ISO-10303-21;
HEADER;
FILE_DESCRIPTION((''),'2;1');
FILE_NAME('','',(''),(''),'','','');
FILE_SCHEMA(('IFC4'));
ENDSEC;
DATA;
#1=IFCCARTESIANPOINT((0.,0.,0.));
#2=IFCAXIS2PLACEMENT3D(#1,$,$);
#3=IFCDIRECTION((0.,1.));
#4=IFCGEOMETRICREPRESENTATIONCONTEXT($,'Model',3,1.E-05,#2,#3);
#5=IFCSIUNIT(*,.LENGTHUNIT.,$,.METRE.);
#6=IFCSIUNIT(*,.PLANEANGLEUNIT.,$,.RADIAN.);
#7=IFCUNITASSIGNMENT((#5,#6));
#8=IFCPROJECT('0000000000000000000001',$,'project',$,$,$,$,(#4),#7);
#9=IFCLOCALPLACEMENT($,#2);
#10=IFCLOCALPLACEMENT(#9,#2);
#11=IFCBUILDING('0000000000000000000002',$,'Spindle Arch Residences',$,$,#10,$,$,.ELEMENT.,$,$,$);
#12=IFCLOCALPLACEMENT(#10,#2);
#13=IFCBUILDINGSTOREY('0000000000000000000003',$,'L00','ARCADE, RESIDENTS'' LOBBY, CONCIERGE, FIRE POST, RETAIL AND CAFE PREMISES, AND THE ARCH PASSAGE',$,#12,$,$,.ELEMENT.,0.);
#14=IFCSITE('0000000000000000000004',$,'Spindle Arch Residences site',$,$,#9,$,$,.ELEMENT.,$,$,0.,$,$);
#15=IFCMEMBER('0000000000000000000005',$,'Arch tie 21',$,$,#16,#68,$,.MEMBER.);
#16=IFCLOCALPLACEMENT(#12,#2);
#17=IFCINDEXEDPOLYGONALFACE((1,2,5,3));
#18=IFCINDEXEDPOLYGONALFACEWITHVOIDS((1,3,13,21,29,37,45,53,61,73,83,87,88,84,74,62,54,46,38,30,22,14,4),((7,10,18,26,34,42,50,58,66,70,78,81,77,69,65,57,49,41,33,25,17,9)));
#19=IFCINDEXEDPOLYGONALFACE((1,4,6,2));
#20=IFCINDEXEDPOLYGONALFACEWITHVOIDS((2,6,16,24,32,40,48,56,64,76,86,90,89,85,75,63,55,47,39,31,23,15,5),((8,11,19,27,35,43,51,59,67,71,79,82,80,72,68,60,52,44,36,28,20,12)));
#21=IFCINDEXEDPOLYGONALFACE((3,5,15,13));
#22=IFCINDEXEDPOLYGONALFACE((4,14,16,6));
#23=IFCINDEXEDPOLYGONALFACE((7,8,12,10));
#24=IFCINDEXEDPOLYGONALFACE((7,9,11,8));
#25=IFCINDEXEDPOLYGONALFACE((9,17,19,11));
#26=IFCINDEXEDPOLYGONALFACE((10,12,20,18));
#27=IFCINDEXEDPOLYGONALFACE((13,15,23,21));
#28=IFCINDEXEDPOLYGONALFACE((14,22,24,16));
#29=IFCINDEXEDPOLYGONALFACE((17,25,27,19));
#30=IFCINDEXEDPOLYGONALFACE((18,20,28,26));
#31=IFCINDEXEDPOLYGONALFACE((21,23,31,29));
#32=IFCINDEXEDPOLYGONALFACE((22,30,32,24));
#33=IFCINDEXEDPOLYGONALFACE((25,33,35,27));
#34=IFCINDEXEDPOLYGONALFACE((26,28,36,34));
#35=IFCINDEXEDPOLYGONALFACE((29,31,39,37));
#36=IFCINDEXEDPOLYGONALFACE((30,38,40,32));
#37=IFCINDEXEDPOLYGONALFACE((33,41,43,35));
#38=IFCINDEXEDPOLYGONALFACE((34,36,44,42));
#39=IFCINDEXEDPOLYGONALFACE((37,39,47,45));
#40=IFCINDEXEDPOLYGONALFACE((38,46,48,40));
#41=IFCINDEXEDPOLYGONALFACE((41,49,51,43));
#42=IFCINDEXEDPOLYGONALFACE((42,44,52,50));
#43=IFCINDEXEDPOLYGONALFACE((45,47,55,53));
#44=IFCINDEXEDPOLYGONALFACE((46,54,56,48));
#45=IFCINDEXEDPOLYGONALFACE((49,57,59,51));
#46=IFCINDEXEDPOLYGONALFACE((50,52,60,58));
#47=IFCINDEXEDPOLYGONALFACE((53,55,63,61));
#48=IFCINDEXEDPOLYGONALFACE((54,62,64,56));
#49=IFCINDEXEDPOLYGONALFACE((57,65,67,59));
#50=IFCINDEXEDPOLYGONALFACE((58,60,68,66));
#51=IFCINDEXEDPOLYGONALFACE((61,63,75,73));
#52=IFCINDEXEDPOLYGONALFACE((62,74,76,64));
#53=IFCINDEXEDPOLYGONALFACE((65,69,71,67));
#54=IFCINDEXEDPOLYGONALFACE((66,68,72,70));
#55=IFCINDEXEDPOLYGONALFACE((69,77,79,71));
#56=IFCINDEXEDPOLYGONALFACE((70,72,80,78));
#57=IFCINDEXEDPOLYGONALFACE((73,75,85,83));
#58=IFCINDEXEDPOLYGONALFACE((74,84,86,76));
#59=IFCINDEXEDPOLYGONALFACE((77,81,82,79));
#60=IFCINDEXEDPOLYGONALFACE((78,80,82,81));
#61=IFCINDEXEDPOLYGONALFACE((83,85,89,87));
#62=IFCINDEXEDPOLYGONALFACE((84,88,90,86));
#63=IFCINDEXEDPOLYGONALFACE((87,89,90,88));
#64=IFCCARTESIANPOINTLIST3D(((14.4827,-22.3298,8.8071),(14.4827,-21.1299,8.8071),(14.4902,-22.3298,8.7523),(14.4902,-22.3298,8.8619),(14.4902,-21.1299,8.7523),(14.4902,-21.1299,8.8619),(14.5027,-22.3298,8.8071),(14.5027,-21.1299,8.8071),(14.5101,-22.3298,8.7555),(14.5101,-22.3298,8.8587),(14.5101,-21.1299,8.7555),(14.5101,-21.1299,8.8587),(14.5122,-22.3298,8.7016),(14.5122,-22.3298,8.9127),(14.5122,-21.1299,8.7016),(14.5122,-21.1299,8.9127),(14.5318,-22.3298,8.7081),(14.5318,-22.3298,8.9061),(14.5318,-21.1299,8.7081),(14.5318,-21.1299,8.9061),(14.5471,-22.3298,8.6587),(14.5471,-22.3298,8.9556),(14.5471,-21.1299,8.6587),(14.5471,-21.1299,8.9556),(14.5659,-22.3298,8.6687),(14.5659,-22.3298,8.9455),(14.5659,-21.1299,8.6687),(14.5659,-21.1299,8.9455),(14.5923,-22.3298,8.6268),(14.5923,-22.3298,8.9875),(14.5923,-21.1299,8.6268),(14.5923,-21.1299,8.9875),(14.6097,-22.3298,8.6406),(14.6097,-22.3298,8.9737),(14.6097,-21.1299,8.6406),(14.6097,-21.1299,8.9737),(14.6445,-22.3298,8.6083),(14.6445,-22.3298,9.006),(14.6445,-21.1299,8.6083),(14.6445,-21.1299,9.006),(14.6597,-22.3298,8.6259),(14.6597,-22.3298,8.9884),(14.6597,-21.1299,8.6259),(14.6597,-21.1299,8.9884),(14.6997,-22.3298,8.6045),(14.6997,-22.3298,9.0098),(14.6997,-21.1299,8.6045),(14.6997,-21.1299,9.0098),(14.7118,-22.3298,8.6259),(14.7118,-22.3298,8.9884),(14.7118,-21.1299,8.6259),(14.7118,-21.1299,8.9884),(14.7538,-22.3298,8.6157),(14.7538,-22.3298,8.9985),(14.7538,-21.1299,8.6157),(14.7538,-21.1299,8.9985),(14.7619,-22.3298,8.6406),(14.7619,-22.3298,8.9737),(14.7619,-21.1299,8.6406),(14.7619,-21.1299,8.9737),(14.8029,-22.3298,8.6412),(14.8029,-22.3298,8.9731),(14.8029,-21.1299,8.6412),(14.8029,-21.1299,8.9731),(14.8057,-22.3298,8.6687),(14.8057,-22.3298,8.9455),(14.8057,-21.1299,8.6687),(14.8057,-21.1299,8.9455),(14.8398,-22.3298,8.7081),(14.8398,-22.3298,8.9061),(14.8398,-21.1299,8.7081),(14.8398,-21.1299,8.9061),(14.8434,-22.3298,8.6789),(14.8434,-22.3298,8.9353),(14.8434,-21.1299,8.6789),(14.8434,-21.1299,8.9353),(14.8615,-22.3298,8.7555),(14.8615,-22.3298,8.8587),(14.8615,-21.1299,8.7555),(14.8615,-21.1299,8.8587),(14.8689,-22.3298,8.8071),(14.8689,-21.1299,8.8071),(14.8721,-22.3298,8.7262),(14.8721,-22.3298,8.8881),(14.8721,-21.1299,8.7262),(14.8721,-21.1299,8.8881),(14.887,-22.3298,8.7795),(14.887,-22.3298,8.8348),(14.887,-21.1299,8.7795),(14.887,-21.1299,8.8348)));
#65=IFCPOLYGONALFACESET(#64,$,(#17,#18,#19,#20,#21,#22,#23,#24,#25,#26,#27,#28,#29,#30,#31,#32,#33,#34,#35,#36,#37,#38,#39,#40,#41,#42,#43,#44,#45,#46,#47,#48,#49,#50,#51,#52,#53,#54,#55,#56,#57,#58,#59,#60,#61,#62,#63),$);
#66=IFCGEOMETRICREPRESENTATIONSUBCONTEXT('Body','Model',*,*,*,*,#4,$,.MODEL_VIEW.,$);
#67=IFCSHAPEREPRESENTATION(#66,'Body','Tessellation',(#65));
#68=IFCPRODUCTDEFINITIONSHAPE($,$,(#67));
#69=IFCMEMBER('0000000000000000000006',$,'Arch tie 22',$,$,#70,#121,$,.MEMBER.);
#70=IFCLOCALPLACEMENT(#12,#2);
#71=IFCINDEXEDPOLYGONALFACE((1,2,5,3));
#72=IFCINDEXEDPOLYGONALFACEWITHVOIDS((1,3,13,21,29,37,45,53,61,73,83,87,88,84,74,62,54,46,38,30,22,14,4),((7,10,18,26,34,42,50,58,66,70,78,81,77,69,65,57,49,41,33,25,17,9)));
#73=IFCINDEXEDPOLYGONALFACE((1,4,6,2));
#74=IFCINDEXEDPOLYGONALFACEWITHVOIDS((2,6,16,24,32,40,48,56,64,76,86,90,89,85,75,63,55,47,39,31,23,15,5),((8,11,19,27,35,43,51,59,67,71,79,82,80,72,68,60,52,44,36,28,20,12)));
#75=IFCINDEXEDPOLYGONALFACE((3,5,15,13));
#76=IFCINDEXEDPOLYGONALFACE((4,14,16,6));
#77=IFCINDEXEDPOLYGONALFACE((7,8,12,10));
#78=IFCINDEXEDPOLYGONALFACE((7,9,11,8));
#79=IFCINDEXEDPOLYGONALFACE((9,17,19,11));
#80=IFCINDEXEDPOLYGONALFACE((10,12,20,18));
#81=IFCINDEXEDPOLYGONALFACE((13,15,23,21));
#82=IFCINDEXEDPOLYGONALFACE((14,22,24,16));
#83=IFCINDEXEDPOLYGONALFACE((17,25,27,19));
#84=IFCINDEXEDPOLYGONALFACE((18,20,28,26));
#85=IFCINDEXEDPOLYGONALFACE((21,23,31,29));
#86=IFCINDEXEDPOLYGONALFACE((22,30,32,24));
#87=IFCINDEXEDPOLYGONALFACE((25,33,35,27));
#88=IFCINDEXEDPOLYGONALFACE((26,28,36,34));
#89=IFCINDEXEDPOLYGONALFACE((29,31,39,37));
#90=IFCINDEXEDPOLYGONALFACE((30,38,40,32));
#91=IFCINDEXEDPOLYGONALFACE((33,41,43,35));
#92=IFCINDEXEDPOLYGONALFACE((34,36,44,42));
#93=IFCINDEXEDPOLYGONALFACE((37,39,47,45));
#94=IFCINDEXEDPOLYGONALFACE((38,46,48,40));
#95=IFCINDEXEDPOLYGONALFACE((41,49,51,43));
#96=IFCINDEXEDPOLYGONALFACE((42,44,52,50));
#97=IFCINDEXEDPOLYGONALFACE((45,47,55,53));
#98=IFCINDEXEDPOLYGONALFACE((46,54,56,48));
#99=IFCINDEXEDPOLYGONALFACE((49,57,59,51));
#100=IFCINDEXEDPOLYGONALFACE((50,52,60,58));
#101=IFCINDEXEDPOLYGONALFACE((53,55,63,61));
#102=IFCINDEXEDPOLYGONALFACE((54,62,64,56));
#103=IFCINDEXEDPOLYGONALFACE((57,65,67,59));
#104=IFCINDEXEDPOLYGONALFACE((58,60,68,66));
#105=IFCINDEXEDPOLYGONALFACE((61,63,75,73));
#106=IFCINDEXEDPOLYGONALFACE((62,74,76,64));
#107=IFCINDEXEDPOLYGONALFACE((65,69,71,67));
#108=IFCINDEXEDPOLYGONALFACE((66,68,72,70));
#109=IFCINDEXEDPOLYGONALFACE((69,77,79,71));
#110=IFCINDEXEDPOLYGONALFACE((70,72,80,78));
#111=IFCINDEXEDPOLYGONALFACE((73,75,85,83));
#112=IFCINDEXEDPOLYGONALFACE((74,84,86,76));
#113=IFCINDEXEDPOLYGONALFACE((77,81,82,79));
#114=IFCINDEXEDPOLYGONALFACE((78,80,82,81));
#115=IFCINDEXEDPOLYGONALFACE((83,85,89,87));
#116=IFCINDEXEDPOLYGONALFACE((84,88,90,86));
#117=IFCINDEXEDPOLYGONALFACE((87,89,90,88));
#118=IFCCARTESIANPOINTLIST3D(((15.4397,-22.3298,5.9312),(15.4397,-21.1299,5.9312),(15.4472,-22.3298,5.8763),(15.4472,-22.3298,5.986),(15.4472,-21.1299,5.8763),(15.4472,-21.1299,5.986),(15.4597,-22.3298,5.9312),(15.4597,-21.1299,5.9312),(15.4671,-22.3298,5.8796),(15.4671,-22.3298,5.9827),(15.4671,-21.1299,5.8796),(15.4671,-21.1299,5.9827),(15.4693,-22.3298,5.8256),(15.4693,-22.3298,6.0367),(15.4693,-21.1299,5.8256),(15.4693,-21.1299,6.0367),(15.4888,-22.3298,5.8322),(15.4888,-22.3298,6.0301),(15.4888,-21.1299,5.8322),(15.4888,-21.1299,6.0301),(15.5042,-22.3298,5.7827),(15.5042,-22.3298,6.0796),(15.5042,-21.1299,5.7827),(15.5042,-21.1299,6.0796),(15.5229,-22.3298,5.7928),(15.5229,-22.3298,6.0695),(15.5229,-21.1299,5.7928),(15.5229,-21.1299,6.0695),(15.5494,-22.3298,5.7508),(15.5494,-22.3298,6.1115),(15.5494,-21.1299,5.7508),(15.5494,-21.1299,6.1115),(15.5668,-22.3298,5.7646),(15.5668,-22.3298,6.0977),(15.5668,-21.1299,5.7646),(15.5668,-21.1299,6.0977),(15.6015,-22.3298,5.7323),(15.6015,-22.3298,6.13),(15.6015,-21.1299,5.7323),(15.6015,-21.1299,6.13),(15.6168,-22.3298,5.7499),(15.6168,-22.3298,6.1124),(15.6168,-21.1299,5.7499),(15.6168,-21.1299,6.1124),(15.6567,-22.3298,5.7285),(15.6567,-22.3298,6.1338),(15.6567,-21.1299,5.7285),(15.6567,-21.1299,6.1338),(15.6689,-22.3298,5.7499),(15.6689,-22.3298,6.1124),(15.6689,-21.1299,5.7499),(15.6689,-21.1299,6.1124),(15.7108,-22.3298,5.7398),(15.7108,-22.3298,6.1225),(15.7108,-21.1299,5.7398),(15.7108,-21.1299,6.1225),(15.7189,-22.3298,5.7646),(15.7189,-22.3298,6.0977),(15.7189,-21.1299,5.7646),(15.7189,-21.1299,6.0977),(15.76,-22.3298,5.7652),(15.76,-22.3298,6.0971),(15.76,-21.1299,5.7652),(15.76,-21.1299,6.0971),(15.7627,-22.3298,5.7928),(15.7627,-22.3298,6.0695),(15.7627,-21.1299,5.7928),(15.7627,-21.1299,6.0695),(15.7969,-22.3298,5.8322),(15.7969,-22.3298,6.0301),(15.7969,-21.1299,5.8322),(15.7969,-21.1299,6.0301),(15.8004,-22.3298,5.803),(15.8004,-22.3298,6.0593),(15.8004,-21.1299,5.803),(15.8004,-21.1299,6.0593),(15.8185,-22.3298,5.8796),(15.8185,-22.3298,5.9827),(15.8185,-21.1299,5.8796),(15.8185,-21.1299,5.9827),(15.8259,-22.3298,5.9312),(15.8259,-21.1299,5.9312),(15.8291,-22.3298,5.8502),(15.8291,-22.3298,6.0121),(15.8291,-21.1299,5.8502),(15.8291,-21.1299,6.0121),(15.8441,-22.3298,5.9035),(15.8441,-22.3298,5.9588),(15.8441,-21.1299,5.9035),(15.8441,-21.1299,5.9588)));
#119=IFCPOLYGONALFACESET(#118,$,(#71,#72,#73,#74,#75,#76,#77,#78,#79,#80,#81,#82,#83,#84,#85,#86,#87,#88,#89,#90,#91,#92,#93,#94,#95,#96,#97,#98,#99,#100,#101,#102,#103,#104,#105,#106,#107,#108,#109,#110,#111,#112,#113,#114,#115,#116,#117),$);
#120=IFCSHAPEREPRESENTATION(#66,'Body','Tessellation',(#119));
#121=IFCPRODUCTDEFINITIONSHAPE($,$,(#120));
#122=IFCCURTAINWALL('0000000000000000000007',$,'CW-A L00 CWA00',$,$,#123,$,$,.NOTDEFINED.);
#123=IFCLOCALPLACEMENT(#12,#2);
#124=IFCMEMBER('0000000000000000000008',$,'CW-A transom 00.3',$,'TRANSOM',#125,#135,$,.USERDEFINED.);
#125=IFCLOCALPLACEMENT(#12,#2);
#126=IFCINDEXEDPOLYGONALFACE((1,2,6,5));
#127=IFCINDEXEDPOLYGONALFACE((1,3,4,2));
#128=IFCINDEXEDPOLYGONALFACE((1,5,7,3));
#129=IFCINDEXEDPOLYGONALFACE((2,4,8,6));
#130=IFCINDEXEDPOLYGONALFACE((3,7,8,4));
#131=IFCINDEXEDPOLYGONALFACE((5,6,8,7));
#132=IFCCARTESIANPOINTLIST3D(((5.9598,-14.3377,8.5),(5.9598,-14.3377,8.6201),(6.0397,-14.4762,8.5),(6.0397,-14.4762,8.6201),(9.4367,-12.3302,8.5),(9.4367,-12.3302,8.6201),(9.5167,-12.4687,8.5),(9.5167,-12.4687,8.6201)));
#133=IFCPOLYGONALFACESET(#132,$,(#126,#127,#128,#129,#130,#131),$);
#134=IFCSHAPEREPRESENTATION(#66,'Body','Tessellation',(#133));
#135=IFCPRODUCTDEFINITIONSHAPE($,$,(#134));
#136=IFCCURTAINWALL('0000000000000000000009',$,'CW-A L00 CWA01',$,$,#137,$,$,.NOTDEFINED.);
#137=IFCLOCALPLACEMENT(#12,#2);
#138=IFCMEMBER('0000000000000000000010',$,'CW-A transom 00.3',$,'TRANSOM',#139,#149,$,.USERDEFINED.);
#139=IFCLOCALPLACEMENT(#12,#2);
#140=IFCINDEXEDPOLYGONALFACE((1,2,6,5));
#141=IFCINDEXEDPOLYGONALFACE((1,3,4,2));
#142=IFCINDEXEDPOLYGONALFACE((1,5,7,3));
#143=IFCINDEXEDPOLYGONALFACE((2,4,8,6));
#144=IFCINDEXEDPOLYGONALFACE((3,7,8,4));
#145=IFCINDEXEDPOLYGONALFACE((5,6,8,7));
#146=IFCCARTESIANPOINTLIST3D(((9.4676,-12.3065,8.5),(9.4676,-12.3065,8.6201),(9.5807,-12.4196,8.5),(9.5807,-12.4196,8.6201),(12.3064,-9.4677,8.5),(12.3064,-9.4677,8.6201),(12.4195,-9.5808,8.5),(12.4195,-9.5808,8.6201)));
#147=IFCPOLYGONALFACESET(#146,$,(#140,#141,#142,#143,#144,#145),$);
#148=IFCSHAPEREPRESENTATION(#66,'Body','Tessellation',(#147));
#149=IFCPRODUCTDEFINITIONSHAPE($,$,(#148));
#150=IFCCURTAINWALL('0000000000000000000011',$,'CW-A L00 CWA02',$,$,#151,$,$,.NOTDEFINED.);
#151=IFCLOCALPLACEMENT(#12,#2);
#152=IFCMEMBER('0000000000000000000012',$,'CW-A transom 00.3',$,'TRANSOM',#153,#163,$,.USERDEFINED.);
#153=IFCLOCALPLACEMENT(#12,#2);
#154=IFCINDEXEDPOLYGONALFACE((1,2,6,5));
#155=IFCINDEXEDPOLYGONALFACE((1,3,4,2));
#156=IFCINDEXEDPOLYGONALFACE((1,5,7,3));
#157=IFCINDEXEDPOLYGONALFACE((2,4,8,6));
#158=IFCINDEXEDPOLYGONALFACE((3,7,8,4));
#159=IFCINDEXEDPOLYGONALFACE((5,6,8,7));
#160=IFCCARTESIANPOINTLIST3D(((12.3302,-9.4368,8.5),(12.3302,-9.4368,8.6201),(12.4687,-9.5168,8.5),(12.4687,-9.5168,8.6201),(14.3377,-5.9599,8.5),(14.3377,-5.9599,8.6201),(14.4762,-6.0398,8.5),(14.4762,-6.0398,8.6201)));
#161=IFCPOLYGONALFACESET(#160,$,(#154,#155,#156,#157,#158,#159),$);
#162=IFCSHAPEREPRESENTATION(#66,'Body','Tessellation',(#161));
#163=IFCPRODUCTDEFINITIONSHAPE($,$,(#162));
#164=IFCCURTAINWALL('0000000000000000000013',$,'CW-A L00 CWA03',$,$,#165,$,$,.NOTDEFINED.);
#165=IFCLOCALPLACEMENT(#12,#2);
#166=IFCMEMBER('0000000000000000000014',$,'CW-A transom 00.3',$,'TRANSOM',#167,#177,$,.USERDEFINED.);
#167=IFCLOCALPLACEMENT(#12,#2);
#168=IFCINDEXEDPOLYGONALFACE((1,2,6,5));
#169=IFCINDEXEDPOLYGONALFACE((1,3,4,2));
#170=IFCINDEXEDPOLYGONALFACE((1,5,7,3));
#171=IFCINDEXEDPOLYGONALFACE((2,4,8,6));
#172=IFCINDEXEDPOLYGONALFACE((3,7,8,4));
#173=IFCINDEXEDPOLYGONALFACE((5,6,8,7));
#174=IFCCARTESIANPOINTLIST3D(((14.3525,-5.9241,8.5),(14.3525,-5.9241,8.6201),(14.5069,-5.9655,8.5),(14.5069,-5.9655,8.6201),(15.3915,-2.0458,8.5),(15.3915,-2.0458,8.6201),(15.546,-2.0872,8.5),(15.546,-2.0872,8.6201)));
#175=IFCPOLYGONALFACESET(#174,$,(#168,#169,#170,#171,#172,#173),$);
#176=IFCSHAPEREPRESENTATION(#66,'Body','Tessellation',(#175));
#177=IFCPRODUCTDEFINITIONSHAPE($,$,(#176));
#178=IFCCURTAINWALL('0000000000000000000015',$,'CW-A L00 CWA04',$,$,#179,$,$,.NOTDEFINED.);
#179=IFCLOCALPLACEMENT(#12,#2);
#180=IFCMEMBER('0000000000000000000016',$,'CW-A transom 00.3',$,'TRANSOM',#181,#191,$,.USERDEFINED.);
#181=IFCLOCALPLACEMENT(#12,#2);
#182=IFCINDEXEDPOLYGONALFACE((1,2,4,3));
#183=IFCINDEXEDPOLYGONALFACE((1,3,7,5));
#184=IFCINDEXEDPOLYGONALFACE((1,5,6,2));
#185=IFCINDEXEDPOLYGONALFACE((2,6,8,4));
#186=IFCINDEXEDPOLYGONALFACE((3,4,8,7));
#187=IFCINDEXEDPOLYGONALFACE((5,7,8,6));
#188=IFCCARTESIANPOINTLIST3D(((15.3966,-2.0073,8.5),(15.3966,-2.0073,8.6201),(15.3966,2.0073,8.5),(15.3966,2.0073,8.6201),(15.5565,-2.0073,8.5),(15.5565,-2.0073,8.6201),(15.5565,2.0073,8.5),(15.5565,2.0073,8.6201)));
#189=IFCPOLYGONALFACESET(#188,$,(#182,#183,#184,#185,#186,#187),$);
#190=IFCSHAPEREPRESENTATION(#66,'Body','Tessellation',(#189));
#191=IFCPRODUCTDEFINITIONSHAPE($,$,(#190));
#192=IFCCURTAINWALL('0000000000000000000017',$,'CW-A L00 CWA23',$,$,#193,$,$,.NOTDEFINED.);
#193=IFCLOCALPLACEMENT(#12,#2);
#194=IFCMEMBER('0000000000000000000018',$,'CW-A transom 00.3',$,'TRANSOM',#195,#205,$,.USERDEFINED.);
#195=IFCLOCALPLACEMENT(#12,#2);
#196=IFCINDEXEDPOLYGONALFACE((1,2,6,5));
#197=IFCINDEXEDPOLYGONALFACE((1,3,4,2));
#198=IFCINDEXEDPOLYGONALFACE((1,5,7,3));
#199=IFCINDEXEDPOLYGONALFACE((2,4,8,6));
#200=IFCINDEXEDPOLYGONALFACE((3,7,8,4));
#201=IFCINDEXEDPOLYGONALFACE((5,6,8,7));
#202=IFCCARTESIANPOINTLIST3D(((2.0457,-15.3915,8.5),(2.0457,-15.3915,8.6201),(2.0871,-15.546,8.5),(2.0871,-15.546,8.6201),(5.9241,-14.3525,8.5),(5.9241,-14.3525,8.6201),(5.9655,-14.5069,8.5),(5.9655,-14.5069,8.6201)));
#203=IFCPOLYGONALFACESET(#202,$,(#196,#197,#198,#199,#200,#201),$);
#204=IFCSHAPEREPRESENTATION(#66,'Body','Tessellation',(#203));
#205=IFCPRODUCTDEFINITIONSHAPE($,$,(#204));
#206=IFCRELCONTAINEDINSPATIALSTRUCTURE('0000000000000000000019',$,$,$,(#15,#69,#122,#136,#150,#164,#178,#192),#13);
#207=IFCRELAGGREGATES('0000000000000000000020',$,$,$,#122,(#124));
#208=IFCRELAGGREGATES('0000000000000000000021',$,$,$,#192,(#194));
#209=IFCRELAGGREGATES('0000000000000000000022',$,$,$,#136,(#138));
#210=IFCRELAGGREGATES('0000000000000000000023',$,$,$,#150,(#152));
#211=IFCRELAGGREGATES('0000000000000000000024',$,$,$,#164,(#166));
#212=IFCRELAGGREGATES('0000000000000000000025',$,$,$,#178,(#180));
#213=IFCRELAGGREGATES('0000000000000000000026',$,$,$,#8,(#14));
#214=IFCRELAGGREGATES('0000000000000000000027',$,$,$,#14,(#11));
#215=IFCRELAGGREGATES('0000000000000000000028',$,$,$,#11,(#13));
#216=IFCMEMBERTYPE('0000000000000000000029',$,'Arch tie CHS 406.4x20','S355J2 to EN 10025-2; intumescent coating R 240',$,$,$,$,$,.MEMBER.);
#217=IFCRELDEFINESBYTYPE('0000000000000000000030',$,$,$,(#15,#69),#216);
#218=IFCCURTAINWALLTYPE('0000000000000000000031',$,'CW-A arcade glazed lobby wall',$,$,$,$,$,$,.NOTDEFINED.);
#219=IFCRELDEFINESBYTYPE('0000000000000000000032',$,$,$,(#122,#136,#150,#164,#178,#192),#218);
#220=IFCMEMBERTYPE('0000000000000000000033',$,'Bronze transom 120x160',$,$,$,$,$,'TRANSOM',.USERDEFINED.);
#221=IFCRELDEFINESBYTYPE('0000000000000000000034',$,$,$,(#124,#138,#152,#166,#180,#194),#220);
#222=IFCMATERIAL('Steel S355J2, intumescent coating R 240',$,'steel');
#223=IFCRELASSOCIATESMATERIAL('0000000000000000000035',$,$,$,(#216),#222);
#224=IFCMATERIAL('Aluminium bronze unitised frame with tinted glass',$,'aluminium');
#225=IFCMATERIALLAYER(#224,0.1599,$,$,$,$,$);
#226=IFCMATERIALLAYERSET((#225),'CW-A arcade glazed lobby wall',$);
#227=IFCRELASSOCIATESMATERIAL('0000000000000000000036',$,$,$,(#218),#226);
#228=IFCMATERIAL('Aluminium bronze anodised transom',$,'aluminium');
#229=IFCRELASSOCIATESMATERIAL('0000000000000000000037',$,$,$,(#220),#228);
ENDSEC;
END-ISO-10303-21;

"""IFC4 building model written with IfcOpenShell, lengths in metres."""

from ifc_helpers import new_model, si_unit, direction, frame, origin, origin_2d, place, context, subcontext, project, spatial, rectangle, hollow_circle, extrude, material, layer, layer_set, material_profile, profile_set, type_object, element, aggregate, save


model = new_model("IFC4")

# Units and contexts
model_context = context("Model", 3, precision=1e-05, world=origin(), true_north=direction((0.0, 1.0)))
body_context = subcontext(model_context, "Body", "Model", "MODEL_VIEW")
ifc_project = project(units=[si_unit("LENGTHUNIT", "METRE"), si_unit("PLANEANGLEUNIT", "RADIAN")], contexts=[model_context])

# Site, building, storey
site_placement = place(None, origin())
site = spatial("IfcSite", under=ifc_project, at=site_placement, Name="Spindle Arch Residences site", CompositionType="ELEMENT", RefElevation=0.0)
building_placement = place(site_placement, origin())
building = spatial("IfcBuilding", under=site, at=building_placement, Name="Spindle Arch Residences", CompositionType="ELEMENT")
storey_placement = place(building_placement, origin())
storey = spatial("IfcBuildingStorey", under=building, at=storey_placement, Name="L00", Description="ARCADE, RESIDENTS' LOBBY, CONCIERGE, FIRE POST, RETAIL AND CAFE PREMISES, AND THE ARCH PASSAGE", CompositionType="ELEMENT", Elevation=0.0)

# Members
ifc_material_1 = material(Name="Steel S355J2, intumescent coating R 240", Category="steel")
ifc_material_profile_1 = material_profile(ifc_material_1, hollow_circle(Radius=0.2031, WallThickness=0.02, at=origin_2d()), Name="CHS 406.4x20")
ifc_profile_set_1 = profile_set([ifc_material_profile_1], Name="Steel S355J2, intumescent coating R 240")
member_type_1 = type_object("IfcMemberType", Name="Arch tie CHS 406.4x20", Description="S355J2 to EN 10025-2; intumescent coating R 240", PredefinedType="MEMBER", material=ifc_profile_set_1)
for number, where, z_axis, x_axis, name in (
    (1, (14.6858, -22.3298, 8.8071), (0.0, 1.0, 0.0), (-1.0, 0.0, 0.0), "Arch tie 21"),
    (2, (15.6428, -22.3298, 5.9312), (0.0, 1.0, 0.0), (-1.0, 0.0, 0.0), "Arch tie 22"),
):
    element("IfcMember", number, at=place(storey_placement, frame(where, z_axis=z_axis, x_axis=x_axis)), inside=storey, type_object=member_type_1, Name=name, PredefinedType="MEMBER", context=body_context, shape_type="SweptSolid", body=[
        extrude(hollow_circle(Radius=0.2031, WallThickness=0.02, at=origin_2d()), origin(), (0.0, 0.0, 1.0), 1.2),
    ])

# Curtain walls, members
ifc_material_2 = material(Name="Aluminium bronze unitised frame with tinted glass", Category="aluminium")
ifc_layer_1 = layer(ifc_material_2, 0.1599)
ifc_layer_set_1 = layer_set([ifc_layer_1], Name="CW-A arcade glazed lobby wall")
curtain_wall_type = type_object("IfcCurtainWallType", Name="CW-A arcade glazed lobby wall", PredefinedType="NOTDEFINED", material=ifc_layer_set_1)
curtain_wall_1_placement = place(storey_placement, origin())
curtain_wall_1 = element("IfcCurtainWall", 3, at=curtain_wall_1_placement, inside=storey, type_object=curtain_wall_type, Name="CW-A L00 CWA00", PredefinedType="NOTDEFINED")
ifc_material_3 = material(Name="Aluminium bronze anodised transom", Category="aluminium")
ifc_material_profile_2 = material_profile(ifc_material_3, rectangle(XDim=0.1599, YDim=0.1201, at=origin_2d()), Name="TR 120x160")
ifc_profile_set_2 = profile_set([ifc_material_profile_2], Name="Aluminium bronze anodised transom")
member_type_2 = type_object("IfcMemberType", Name="Bronze transom 120x160", ElementType="TRANSOM", PredefinedType="USERDEFINED", material=ifc_profile_set_2)
member_1_placement = place(storey_placement, frame((5.9998, -14.407, 8.5601), z_axis=(0.866015, 0.500017, 0.0), x_axis=(-0.500017, 0.866015, 0.0)))
member_1 = element("IfcMember", 4, at=member_1_placement, type_object=member_type_2, Name="CW-A transom 00.3", ObjectType="TRANSOM", PredefinedType="USERDEFINED", context=body_context, shape_type="SweptSolid", body=[
    extrude(rectangle(XDim=0.1599, YDim=0.1201, at=origin_2d()), origin(), (0.0, 0.0, 1.0), 4.0149),
])
aggregate(curtain_wall_1, [member_1])
curtain_wall_2_placement = place(storey_placement, origin())
curtain_wall_2 = element("IfcCurtainWall", 5, at=curtain_wall_2_placement, inside=storey, type_object=curtain_wall_type, Name="CW-A L00 CWA01", PredefinedType="NOTDEFINED")
member_2_placement = place(storey_placement, frame((9.5242, -12.363, 8.5601), z_axis=(0.707107, 0.707107, 0.0), x_axis=(-0.707107, 0.707107, 0.0)))
member_2 = element("IfcMember", 6, at=member_2_placement, type_object=member_type_2, Name="CW-A transom 00.3", ObjectType="TRANSOM", PredefinedType="USERDEFINED", context=body_context, shape_type="SweptSolid", body=[
    extrude(rectangle(XDim=0.1599, YDim=0.1201, at=origin_2d()), origin(), (0.0, 0.0, 1.0), 4.0146),
])
curtain_wall_3_placement = place(storey_placement, origin())
curtain_wall_3 = element("IfcCurtainWall", 7, at=curtain_wall_3_placement, inside=storey, type_object=curtain_wall_type, Name="CW-A L00 CWA02", PredefinedType="NOTDEFINED")
member_3_placement = place(storey_placement, frame((12.3994, -9.4768, 8.5601), z_axis=(0.500017, 0.866015, 0.0), x_axis=(-0.866015, 0.500017, 0.0)))
member_3 = element("IfcMember", 8, at=member_3_placement, type_object=member_type_2, Name="CW-A transom 00.3", ObjectType="TRANSOM", PredefinedType="USERDEFINED", context=body_context, shape_type="SweptSolid", body=[
    extrude(rectangle(XDim=0.1599, YDim=0.1201, at=origin_2d()), origin(), (0.0, 0.0, 1.0), 4.0149),
])
curtain_wall_4_placement = place(storey_placement, origin())
curtain_wall_4 = element("IfcCurtainWall", 9, at=curtain_wall_4_placement, inside=storey, type_object=curtain_wall_type, Name="CW-A L00 CWA03", PredefinedType="NOTDEFINED")
member_4_placement = place(storey_placement, frame((14.4297, -5.9448, 8.5601), z_axis=(0.258783, 0.965936, 0.0), x_axis=(-0.965936, 0.258783, 0.0)))
member_4 = element("IfcMember", 10, at=member_4_placement, type_object=member_type_2, Name="CW-A transom 00.3", ObjectType="TRANSOM", PredefinedType="USERDEFINED", context=body_context, shape_type="SweptSolid", body=[
    extrude(rectangle(XDim=0.1599, YDim=0.1201, at=origin_2d()), origin(), (0.0, 0.0, 1.0), 4.0151),
])
curtain_wall_5_placement = place(storey_placement, origin())
curtain_wall_5 = element("IfcCurtainWall", 11, at=curtain_wall_5_placement, inside=storey, type_object=curtain_wall_type, Name="CW-A L00 CWA04", PredefinedType="NOTDEFINED")
member_5_placement = place(storey_placement, frame((15.4766, -2.0073, 8.5601), z_axis=(0.0, 1.0, 0.0), x_axis=(-1.0, 0.0, 0.0)))
member_5 = element("IfcMember", 12, at=member_5_placement, type_object=member_type_2, Name="CW-A transom 00.3", ObjectType="TRANSOM", PredefinedType="USERDEFINED", context=body_context, shape_type="SweptSolid", body=[
    extrude(rectangle(XDim=0.1599, YDim=0.1201, at=origin_2d()), origin(), (0.0, 0.0, 1.0), 4.0146),
])
curtain_wall_6_placement = place(storey_placement, origin())
curtain_wall_6 = element("IfcCurtainWall", 13, at=curtain_wall_6_placement, inside=storey, type_object=curtain_wall_type, Name="CW-A L00 CWA23", PredefinedType="NOTDEFINED")
member_6_placement = place(storey_placement, frame((2.0664, -15.4688, 8.5601), z_axis=(0.965936, 0.258783, 0.0), x_axis=(-0.258783, 0.965936, 0.0)))
member_6 = element("IfcMember", 14, at=member_6_placement, type_object=member_type_2, Name="CW-A transom 00.3", ObjectType="TRANSOM", PredefinedType="USERDEFINED", context=body_context, shape_type="SweptSolid", body=[
    extrude(rectangle(XDim=0.1599, YDim=0.1201, at=origin_2d()), origin(), (0.0, 0.0, 1.0), 4.0151),
])
aggregate(curtain_wall_6, [member_6])

aggregate(curtain_wall_2, [member_2])
aggregate(curtain_wall_3, [member_3])
aggregate(curtain_wall_4, [member_4])
aggregate(curtain_wall_5, [member_5])

save(model, "model.ifc")
